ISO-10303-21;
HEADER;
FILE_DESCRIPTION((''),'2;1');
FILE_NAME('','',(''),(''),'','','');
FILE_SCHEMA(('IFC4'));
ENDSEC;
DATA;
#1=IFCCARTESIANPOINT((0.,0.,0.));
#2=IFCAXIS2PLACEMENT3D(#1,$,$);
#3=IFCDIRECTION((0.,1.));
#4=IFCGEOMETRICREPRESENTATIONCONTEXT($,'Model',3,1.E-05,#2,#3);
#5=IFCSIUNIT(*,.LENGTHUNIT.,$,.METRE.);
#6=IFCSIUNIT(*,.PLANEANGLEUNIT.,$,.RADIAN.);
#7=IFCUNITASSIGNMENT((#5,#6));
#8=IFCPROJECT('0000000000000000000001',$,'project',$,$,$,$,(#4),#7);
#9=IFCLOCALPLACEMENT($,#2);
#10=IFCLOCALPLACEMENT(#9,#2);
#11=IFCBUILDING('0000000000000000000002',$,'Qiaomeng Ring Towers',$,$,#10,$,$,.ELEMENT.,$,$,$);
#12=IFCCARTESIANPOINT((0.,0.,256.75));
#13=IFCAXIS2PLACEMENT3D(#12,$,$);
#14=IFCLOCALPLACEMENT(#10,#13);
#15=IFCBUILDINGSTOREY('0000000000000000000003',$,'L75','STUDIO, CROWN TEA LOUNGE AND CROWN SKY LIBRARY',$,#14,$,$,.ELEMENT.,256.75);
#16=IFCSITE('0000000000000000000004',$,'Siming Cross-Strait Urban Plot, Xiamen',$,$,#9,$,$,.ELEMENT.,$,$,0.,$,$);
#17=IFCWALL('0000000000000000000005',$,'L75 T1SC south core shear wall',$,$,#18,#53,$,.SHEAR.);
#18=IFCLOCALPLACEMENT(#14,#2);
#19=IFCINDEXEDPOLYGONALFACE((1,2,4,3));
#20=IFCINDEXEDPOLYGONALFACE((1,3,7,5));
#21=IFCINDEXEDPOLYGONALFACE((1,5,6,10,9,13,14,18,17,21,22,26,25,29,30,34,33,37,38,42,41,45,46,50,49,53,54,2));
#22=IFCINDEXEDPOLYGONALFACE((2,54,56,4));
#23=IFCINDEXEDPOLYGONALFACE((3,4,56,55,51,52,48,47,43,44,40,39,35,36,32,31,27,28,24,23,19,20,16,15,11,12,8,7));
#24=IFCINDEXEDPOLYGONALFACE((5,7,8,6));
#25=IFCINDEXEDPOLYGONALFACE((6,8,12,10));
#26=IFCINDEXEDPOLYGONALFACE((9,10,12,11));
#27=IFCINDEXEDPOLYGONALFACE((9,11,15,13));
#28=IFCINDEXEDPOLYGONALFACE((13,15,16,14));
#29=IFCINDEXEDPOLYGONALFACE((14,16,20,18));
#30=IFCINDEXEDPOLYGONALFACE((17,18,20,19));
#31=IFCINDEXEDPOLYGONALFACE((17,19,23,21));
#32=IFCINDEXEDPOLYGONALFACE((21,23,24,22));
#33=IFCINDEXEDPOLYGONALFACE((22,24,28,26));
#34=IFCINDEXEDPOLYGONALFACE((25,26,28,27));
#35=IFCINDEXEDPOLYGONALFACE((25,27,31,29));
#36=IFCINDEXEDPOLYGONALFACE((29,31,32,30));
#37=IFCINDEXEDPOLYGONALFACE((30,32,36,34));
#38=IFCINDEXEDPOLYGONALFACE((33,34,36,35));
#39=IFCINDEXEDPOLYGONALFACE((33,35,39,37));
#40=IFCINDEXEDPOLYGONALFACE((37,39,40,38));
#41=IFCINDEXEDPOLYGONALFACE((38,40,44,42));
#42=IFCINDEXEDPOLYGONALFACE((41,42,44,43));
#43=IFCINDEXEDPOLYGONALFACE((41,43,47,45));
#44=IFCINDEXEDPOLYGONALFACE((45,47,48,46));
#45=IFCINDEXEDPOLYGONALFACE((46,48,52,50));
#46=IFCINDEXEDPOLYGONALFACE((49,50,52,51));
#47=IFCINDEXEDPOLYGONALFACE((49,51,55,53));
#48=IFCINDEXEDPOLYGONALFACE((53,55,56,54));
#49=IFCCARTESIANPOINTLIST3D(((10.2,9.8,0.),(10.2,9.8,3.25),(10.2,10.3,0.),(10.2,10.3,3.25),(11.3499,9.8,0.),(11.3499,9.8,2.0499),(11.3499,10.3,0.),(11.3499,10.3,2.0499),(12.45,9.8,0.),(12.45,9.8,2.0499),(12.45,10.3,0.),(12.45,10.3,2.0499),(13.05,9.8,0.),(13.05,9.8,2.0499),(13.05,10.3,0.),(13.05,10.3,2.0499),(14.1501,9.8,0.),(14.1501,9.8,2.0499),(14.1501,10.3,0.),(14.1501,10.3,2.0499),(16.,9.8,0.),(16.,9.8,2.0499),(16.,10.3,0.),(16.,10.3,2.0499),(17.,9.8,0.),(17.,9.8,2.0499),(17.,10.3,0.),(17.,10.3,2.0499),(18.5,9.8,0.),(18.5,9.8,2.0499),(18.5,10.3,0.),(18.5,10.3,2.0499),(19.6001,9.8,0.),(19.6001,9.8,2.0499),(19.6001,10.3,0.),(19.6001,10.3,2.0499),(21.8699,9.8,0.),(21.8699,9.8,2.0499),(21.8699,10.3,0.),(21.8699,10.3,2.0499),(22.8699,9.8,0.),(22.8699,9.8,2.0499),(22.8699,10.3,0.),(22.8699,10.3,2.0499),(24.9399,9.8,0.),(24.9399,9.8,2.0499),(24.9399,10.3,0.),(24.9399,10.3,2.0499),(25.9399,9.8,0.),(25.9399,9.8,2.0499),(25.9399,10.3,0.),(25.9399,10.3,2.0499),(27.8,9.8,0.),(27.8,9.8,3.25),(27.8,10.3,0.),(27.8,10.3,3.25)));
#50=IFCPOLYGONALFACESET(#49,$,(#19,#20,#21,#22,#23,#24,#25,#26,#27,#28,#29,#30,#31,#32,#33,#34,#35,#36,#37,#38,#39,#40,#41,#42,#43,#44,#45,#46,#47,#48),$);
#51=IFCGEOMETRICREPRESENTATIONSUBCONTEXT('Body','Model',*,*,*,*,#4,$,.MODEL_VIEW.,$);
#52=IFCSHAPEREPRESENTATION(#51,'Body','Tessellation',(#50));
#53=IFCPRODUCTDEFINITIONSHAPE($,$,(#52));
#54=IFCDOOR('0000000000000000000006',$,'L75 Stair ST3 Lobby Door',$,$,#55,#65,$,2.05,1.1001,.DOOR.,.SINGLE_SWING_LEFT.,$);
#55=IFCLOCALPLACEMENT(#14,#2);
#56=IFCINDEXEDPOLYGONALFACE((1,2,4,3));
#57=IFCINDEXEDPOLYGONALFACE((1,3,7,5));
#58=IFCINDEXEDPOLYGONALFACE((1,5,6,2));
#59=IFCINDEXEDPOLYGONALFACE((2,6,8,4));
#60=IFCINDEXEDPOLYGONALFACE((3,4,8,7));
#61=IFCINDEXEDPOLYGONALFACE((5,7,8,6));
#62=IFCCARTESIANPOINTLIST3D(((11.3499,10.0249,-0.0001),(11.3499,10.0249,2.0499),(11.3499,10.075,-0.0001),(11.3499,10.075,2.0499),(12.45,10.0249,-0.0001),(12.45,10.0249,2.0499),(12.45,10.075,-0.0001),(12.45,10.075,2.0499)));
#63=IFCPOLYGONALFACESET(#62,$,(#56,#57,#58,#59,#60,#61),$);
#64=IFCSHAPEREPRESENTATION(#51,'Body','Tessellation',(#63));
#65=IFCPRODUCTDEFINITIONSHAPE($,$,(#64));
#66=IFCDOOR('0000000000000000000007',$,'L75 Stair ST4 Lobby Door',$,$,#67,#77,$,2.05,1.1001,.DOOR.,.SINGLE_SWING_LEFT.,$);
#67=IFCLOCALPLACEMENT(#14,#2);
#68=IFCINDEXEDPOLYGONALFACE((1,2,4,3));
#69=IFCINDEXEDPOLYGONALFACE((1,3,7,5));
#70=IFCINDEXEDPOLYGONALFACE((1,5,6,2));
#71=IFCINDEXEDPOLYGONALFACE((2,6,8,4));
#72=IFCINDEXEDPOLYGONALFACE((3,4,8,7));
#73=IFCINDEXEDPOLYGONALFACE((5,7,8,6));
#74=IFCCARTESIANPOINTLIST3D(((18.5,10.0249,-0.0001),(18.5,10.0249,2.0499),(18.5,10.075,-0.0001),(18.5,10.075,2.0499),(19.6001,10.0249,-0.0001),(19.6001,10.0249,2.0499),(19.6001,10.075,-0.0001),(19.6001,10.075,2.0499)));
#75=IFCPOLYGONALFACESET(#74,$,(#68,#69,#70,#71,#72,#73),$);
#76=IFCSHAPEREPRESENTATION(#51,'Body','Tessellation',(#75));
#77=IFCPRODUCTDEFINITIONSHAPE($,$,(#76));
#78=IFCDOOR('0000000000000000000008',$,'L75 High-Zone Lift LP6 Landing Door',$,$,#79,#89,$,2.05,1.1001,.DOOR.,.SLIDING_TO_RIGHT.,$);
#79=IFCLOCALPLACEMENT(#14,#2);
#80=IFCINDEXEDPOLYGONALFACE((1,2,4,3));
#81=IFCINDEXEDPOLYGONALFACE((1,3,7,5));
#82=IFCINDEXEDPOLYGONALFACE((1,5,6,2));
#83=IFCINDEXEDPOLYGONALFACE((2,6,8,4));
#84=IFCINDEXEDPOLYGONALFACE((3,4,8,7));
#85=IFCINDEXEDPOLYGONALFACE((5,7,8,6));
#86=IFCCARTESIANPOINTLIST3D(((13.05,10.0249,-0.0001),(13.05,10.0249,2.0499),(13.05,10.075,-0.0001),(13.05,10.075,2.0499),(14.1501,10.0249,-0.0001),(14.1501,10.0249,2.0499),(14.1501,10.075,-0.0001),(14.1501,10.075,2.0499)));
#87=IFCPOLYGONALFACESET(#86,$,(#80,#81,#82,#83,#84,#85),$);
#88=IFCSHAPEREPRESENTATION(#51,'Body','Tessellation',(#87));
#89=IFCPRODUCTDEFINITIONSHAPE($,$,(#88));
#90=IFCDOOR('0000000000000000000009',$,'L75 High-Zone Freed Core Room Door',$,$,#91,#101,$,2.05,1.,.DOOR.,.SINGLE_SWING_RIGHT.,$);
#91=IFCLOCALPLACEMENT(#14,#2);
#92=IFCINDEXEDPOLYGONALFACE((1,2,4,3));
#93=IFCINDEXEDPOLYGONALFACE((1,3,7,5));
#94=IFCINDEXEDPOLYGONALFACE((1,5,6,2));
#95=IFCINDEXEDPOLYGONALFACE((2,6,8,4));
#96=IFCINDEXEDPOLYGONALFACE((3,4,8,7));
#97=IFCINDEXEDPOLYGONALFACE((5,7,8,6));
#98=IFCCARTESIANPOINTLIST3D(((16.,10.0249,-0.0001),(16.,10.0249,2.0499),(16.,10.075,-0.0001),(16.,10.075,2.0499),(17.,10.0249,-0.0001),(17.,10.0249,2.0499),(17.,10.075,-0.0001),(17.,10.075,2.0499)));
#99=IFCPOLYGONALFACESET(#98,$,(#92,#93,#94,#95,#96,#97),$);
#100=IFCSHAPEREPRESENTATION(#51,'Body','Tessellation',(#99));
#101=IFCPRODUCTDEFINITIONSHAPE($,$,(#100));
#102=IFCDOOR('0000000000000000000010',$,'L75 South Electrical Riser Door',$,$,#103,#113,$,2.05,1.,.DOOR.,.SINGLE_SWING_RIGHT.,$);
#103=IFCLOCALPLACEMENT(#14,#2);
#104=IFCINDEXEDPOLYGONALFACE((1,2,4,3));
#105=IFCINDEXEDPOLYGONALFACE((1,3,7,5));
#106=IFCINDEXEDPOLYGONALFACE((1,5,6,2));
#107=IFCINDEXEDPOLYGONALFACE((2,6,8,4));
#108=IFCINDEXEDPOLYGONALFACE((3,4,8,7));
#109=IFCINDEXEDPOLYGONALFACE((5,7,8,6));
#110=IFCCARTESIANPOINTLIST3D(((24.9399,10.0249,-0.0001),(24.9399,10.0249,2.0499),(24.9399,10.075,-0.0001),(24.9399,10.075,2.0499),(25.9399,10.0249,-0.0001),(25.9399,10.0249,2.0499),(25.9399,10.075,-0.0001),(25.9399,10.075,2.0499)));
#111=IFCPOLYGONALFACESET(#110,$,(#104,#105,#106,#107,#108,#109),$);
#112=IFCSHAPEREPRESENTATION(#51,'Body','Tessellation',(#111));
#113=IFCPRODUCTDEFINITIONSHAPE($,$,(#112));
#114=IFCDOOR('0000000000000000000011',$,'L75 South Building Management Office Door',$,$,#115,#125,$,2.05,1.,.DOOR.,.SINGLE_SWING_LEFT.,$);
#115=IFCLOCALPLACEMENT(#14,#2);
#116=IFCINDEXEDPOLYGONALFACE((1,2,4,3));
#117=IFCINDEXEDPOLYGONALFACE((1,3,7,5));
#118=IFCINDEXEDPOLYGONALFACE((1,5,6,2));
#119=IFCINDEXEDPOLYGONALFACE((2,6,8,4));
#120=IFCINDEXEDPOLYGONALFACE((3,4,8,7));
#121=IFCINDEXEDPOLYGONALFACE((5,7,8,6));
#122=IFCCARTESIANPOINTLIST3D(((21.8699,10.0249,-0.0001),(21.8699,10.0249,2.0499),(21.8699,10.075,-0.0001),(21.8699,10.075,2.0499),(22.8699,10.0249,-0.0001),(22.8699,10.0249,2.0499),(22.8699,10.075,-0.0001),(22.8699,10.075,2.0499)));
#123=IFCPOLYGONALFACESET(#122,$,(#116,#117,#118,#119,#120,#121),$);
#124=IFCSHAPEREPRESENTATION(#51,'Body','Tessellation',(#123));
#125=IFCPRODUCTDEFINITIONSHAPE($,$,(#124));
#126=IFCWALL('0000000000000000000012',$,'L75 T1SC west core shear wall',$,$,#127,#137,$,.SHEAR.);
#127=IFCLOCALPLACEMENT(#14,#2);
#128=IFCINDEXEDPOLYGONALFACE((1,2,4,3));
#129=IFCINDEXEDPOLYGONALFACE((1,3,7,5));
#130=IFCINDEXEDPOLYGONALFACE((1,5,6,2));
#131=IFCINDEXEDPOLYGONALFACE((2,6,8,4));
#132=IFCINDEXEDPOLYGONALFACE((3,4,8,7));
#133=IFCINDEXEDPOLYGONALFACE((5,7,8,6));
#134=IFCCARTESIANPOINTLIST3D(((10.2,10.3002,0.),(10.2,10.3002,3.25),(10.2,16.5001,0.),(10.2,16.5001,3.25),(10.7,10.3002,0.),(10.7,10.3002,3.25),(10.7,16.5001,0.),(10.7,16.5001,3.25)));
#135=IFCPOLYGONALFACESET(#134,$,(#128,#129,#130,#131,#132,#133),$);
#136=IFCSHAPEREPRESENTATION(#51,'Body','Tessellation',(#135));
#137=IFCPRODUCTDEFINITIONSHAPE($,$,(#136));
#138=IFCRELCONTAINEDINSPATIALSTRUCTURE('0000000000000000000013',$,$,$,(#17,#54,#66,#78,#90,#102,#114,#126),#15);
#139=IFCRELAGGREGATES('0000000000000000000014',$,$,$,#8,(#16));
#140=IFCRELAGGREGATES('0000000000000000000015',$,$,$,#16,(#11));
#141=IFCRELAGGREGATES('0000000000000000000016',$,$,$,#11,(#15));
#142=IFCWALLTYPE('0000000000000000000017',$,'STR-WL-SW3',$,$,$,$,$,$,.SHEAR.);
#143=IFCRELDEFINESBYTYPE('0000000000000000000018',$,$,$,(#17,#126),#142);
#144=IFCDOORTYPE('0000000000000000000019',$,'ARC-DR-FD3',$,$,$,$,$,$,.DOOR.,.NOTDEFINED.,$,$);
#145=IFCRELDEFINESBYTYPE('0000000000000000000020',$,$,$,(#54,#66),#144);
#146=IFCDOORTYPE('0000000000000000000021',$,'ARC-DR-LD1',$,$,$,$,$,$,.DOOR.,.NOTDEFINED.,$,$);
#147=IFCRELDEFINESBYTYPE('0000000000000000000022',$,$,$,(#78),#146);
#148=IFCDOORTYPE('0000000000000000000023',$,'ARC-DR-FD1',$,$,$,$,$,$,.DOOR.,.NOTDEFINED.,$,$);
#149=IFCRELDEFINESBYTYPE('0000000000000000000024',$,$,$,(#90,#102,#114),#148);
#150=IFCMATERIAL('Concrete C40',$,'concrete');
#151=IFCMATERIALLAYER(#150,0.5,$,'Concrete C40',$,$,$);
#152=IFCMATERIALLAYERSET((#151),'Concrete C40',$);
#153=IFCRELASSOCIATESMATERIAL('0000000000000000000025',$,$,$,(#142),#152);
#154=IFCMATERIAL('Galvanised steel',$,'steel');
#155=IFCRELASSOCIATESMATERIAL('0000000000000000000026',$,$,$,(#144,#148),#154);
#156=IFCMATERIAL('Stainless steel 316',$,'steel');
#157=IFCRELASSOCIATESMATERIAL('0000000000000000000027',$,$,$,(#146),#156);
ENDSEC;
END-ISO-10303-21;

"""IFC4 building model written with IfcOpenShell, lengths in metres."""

from ifc_helpers import new_model, si_unit, direction, frame, frame_2d, origin, place, context, subcontext, project, spatial, rectangle, extrude, source, transform, mapped, material, layer, layer_set, type_object, element, fill, save


model = new_model("IFC4")

# Units and contexts
model_context = context("Model", 3, precision=1e-05, world=origin(), true_north=direction((0.0, 1.0)))
body_context = subcontext(model_context, "Body", "Model", "MODEL_VIEW")
ifc_project = project(units=[si_unit("LENGTHUNIT", "METRE"), si_unit("PLANEANGLEUNIT", "RADIAN")], contexts=[model_context])

# Site, building, storey
site_placement = place(None, origin())
site = spatial("IfcSite", under=ifc_project, at=site_placement, Name="Siming Cross-Strait Urban Plot, Xiamen", CompositionType="ELEMENT", RefElevation=0.0)
building_placement = place(site_placement, origin())
building = spatial("IfcBuilding", under=site, at=building_placement, Name="Qiaomeng Ring Towers", CompositionType="ELEMENT")
storey_placement = place(building_placement, frame((0.0, 0.0, 256.75)))
storey = spatial("IfcBuildingStorey", under=building, at=storey_placement, Name="L75", Description="STUDIO, CROWN TEA LOUNGE AND CROWN SKY LIBRARY", CompositionType="ELEMENT", Elevation=256.75)

# Shared definitions
ifc_material_1 = material(Name="Concrete C40", Category="concrete")

# Wall, openings, doors
ifc_layer_1 = layer(ifc_material_1, 0.5, Name="Concrete C40")
ifc_layer_set_1 = layer_set([ifc_layer_1], Name="Concrete C40")
wall_type_1 = type_object("IfcWallType", Name="STR-WL-SW3", PredefinedType="SHEAR", material=ifc_layer_set_1)
wall_1_placement = place(storey_placement, frame((10.2, 10.05, 0.0), z_axis=(0.0, 0.0, 1.0), x_axis=(1.0, 0.0, 0.0)))
wall_1 = element("IfcWall", 1, at=wall_1_placement, inside=storey, type_object=wall_type_1, Name="L75 T1SC south core shear wall", PredefinedType="SHEAR", context=body_context, shape_type="SweptSolid", body=[
    extrude(rectangle(XDim=17.6001, YDim=0.5, at=frame_2d((8.8, 0.0))), origin(), (0.0, 0.0, 1.0), 3.25),
])
opening_1_placement = place(wall_1_placement, frame((1.1499, 0.0, 0.0)))
opening_1 = element("IfcOpeningElement", 2, at=opening_1_placement, cuts=wall_1, PredefinedType="OPENING", context=body_context, shape_type="SweptSolid", body=[
    extrude(rectangle(XDim=1.1001, YDim=2.05, at=frame_2d((0.55, 1.0249))), frame((0.0, 0.26, 0.0), z_axis=(0.0, -1.0, 0.0), x_axis=(1.0, 0.0, 0.0)), (0.0, 0.0, 1.0), 0.52),
])
opening_2_placement = place(wall_1_placement, frame((8.3, 0.0, 0.0)))
opening_2 = element("IfcOpeningElement", 3, at=opening_2_placement, cuts=wall_1, PredefinedType="OPENING", context=body_context, shape_type="SweptSolid", body=[
    extrude(rectangle(XDim=1.1001, YDim=2.05, at=frame_2d((0.55, 1.0249))), frame((0.0, 0.26, 0.0), z_axis=(0.0, -1.0, 0.0), x_axis=(1.0, 0.0, 0.0)), (0.0, 0.0, 1.0), 0.52),
])
opening_3_placement = place(wall_1_placement, frame((2.8501, 0.0, 0.0)))
opening_3 = element("IfcOpeningElement", 4, at=opening_3_placement, cuts=wall_1, PredefinedType="OPENING", context=body_context, shape_type="SweptSolid", body=[
    extrude(rectangle(XDim=1.1001, YDim=2.05, at=frame_2d((0.55, 1.0249))), frame((0.0, 0.26, 0.0), z_axis=(0.0, -1.0, 0.0), x_axis=(1.0, 0.0, 0.0)), (0.0, 0.0, 1.0), 0.52),
])
opening_4_placement = place(wall_1_placement, frame((5.8, 0.0, 0.0)))
opening_4 = element("IfcOpeningElement", 5, at=opening_4_placement, cuts=wall_1, PredefinedType="OPENING", context=body_context, shape_type="SweptSolid", body=[
    extrude(rectangle(XDim=1.0, YDim=2.05, at=frame_2d((0.5, 1.0249))), frame((0.0, 0.26, 0.0), z_axis=(0.0, -1.0, 0.0), x_axis=(1.0, 0.0, 0.0)), (0.0, 0.0, 1.0), 0.52),
])
opening_5_placement = place(wall_1_placement, frame((14.74, 0.0, 0.0)))
opening_5 = element("IfcOpeningElement", 6, at=opening_5_placement, cuts=wall_1, PredefinedType="OPENING", context=body_context, shape_type="SweptSolid", body=[
    extrude(rectangle(XDim=1.0, YDim=2.05, at=frame_2d((0.5, 1.0249))), frame((0.0, 0.26, 0.0), z_axis=(0.0, -1.0, 0.0), x_axis=(1.0, 0.0, 0.0)), (0.0, 0.0, 1.0), 0.52),
])
opening_6_placement = place(wall_1_placement, frame((11.6699, 0.0, 0.0)))
opening_6 = element("IfcOpeningElement", 7, at=opening_6_placement, cuts=wall_1, PredefinedType="OPENING", context=body_context, shape_type="SweptSolid", body=[
    extrude(rectangle(XDim=1.0, YDim=2.05, at=frame_2d((0.5, 1.0249))), frame((0.0, 0.26, 0.0), z_axis=(0.0, -1.0, 0.0), x_axis=(1.0, 0.0, 0.0)), (0.0, 0.0, 1.0), 0.52),
])
ifc_material_2 = material(Name="Galvanised steel", Category="steel")
door_type_1 = type_object("IfcDoorType", Name="ARC-DR-FD3", OperationType="NOTDEFINED", PredefinedType="DOOR", material=ifc_material_2)
shared_shape_1 = source(origin(), body_context, "Body", "SweptSolid", [
    extrude(rectangle(XDim=1.1001, YDim=2.05, at=frame_2d((0.55, 1.0249))), frame((0.0, 0.0249, 0.0), z_axis=(0.0, -1.0, 0.0), x_axis=(1.0, 0.0, 0.0)), (0.0, 0.0, 1.0), 0.05),
])
door_1_placement = place(opening_1_placement, origin())
door_1 = element("IfcDoor", 8, at=door_1_placement, inside=storey, type_object=door_type_1, Name="L75 Stair ST3 Lobby Door", OperationType="SINGLE_SWING_LEFT", OverallHeight=2.05, OverallWidth=1.1001, PredefinedType="DOOR", context=body_context, shape_type="MappedRepresentation", body=[
    mapped(shared_shape_1, transform((0.0, 0.0, 0.0), x_axis=(1.0, 0.0, 0.0), y_axis=(0.0, 1.0, 0.0), z_axis=(0.0, 0.0, 1.0), scale=1.0)),
])
fill(opening_1, door_1)
door_2_placement = place(opening_2_placement, origin())
door_2 = element("IfcDoor", 9, at=door_2_placement, inside=storey, type_object=door_type_1, Name="L75 Stair ST4 Lobby Door", OperationType="SINGLE_SWING_LEFT", OverallHeight=2.05, OverallWidth=1.1001, PredefinedType="DOOR", context=body_context, shape_type="MappedRepresentation", body=[
    mapped(shared_shape_1, transform((0.0, 0.0, 0.0), x_axis=(1.0, 0.0, 0.0), y_axis=(0.0, 1.0, 0.0), z_axis=(0.0, 0.0, 1.0), scale=1.0)),
])
fill(opening_2, door_2)
ifc_material_3 = material(Name="Stainless steel 316", Category="steel")
door_type_2 = type_object("IfcDoorType", Name="ARC-DR-LD1", OperationType="NOTDEFINED", PredefinedType="DOOR", material=ifc_material_3)
door_3_placement = place(opening_3_placement, origin())
door_3 = element("IfcDoor", 10, at=door_3_placement, inside=storey, type_object=door_type_2, Name="L75 High-Zone Lift LP6 Landing Door", OperationType="SLIDING_TO_RIGHT", OverallHeight=2.05, OverallWidth=1.1001, PredefinedType="DOOR", context=body_context, shape_type="MappedRepresentation", body=[
    mapped(shared_shape_1, transform((0.0, 0.0, 0.0), x_axis=(1.0, 0.0, 0.0), y_axis=(0.0, 1.0, 0.0), z_axis=(0.0, 0.0, 1.0), scale=1.0)),
])
fill(opening_3, door_3)
door_type_3 = type_object("IfcDoorType", Name="ARC-DR-FD1", OperationType="NOTDEFINED", PredefinedType="DOOR", material=ifc_material_2)
shared_shape_2 = source(origin(), body_context, "Body", "SweptSolid", [
    extrude(rectangle(XDim=1.0, YDim=2.05, at=frame_2d((0.5, 1.0249))), frame((0.0, 0.0249, 0.0), z_axis=(0.0, -1.0, 0.0), x_axis=(1.0, 0.0, 0.0)), (0.0, 0.0, 1.0), 0.05),
])
door_4_placement = place(opening_4_placement, origin())
door_4 = element("IfcDoor", 11, at=door_4_placement, inside=storey, type_object=door_type_3, Name="L75 High-Zone Freed Core Room Door", OperationType="SINGLE_SWING_RIGHT", OverallHeight=2.05, OverallWidth=1.0, PredefinedType="DOOR", context=body_context, shape_type="MappedRepresentation", body=[
    mapped(shared_shape_2, transform((0.0, 0.0, 0.0), x_axis=(1.0, 0.0, 0.0), y_axis=(0.0, 1.0, 0.0), z_axis=(0.0, 0.0, 1.0), scale=1.0)),
])
fill(opening_4, door_4)
door_5_placement = place(opening_5_placement, origin())
door_5 = element("IfcDoor", 12, at=door_5_placement, inside=storey, type_object=door_type_3, Name="L75 South Electrical Riser Door", OperationType="SINGLE_SWING_RIGHT", OverallHeight=2.05, OverallWidth=1.0, PredefinedType="DOOR", context=body_context, shape_type="MappedRepresentation", body=[
    mapped(shared_shape_2, transform((0.0, 0.0, 0.0), x_axis=(1.0, 0.0, 0.0), y_axis=(0.0, 1.0, 0.0), z_axis=(0.0, 0.0, 1.0), scale=1.0)),
])
fill(opening_5, door_5)
door_6_placement = place(opening_6_placement, origin())
door_6 = element("IfcDoor", 13, at=door_6_placement, inside=storey, type_object=door_type_3, Name="L75 South Building Management Office Door", OperationType="SINGLE_SWING_LEFT", OverallHeight=2.05, OverallWidth=1.0, PredefinedType="DOOR", context=body_context, shape_type="MappedRepresentation", body=[
    mapped(shared_shape_2, transform((0.0, 0.0, 0.0), x_axis=(1.0, 0.0, 0.0), y_axis=(0.0, 1.0, 0.0), z_axis=(0.0, 0.0, 1.0), scale=1.0)),
])
fill(opening_6, door_6)

# Wall
wall_2_placement = place(storey_placement, frame((10.45, 10.3, 0.0), z_axis=(0.0, 0.0, 1.0), x_axis=(0.0, 1.0, 0.0)))
element("IfcWall", 14, at=wall_2_placement, inside=storey, type_object=wall_type_1, Name="L75 T1SC west core shear wall", PredefinedType="SHEAR", context=body_context, shape_type="SweptSolid", body=[
    extrude(rectangle(XDim=6.2, YDim=0.5, at=frame_2d((3.1001, 0.0))), origin(), (0.0, 0.0, 1.0), 3.25),
])

save(model, "model.ifc")
